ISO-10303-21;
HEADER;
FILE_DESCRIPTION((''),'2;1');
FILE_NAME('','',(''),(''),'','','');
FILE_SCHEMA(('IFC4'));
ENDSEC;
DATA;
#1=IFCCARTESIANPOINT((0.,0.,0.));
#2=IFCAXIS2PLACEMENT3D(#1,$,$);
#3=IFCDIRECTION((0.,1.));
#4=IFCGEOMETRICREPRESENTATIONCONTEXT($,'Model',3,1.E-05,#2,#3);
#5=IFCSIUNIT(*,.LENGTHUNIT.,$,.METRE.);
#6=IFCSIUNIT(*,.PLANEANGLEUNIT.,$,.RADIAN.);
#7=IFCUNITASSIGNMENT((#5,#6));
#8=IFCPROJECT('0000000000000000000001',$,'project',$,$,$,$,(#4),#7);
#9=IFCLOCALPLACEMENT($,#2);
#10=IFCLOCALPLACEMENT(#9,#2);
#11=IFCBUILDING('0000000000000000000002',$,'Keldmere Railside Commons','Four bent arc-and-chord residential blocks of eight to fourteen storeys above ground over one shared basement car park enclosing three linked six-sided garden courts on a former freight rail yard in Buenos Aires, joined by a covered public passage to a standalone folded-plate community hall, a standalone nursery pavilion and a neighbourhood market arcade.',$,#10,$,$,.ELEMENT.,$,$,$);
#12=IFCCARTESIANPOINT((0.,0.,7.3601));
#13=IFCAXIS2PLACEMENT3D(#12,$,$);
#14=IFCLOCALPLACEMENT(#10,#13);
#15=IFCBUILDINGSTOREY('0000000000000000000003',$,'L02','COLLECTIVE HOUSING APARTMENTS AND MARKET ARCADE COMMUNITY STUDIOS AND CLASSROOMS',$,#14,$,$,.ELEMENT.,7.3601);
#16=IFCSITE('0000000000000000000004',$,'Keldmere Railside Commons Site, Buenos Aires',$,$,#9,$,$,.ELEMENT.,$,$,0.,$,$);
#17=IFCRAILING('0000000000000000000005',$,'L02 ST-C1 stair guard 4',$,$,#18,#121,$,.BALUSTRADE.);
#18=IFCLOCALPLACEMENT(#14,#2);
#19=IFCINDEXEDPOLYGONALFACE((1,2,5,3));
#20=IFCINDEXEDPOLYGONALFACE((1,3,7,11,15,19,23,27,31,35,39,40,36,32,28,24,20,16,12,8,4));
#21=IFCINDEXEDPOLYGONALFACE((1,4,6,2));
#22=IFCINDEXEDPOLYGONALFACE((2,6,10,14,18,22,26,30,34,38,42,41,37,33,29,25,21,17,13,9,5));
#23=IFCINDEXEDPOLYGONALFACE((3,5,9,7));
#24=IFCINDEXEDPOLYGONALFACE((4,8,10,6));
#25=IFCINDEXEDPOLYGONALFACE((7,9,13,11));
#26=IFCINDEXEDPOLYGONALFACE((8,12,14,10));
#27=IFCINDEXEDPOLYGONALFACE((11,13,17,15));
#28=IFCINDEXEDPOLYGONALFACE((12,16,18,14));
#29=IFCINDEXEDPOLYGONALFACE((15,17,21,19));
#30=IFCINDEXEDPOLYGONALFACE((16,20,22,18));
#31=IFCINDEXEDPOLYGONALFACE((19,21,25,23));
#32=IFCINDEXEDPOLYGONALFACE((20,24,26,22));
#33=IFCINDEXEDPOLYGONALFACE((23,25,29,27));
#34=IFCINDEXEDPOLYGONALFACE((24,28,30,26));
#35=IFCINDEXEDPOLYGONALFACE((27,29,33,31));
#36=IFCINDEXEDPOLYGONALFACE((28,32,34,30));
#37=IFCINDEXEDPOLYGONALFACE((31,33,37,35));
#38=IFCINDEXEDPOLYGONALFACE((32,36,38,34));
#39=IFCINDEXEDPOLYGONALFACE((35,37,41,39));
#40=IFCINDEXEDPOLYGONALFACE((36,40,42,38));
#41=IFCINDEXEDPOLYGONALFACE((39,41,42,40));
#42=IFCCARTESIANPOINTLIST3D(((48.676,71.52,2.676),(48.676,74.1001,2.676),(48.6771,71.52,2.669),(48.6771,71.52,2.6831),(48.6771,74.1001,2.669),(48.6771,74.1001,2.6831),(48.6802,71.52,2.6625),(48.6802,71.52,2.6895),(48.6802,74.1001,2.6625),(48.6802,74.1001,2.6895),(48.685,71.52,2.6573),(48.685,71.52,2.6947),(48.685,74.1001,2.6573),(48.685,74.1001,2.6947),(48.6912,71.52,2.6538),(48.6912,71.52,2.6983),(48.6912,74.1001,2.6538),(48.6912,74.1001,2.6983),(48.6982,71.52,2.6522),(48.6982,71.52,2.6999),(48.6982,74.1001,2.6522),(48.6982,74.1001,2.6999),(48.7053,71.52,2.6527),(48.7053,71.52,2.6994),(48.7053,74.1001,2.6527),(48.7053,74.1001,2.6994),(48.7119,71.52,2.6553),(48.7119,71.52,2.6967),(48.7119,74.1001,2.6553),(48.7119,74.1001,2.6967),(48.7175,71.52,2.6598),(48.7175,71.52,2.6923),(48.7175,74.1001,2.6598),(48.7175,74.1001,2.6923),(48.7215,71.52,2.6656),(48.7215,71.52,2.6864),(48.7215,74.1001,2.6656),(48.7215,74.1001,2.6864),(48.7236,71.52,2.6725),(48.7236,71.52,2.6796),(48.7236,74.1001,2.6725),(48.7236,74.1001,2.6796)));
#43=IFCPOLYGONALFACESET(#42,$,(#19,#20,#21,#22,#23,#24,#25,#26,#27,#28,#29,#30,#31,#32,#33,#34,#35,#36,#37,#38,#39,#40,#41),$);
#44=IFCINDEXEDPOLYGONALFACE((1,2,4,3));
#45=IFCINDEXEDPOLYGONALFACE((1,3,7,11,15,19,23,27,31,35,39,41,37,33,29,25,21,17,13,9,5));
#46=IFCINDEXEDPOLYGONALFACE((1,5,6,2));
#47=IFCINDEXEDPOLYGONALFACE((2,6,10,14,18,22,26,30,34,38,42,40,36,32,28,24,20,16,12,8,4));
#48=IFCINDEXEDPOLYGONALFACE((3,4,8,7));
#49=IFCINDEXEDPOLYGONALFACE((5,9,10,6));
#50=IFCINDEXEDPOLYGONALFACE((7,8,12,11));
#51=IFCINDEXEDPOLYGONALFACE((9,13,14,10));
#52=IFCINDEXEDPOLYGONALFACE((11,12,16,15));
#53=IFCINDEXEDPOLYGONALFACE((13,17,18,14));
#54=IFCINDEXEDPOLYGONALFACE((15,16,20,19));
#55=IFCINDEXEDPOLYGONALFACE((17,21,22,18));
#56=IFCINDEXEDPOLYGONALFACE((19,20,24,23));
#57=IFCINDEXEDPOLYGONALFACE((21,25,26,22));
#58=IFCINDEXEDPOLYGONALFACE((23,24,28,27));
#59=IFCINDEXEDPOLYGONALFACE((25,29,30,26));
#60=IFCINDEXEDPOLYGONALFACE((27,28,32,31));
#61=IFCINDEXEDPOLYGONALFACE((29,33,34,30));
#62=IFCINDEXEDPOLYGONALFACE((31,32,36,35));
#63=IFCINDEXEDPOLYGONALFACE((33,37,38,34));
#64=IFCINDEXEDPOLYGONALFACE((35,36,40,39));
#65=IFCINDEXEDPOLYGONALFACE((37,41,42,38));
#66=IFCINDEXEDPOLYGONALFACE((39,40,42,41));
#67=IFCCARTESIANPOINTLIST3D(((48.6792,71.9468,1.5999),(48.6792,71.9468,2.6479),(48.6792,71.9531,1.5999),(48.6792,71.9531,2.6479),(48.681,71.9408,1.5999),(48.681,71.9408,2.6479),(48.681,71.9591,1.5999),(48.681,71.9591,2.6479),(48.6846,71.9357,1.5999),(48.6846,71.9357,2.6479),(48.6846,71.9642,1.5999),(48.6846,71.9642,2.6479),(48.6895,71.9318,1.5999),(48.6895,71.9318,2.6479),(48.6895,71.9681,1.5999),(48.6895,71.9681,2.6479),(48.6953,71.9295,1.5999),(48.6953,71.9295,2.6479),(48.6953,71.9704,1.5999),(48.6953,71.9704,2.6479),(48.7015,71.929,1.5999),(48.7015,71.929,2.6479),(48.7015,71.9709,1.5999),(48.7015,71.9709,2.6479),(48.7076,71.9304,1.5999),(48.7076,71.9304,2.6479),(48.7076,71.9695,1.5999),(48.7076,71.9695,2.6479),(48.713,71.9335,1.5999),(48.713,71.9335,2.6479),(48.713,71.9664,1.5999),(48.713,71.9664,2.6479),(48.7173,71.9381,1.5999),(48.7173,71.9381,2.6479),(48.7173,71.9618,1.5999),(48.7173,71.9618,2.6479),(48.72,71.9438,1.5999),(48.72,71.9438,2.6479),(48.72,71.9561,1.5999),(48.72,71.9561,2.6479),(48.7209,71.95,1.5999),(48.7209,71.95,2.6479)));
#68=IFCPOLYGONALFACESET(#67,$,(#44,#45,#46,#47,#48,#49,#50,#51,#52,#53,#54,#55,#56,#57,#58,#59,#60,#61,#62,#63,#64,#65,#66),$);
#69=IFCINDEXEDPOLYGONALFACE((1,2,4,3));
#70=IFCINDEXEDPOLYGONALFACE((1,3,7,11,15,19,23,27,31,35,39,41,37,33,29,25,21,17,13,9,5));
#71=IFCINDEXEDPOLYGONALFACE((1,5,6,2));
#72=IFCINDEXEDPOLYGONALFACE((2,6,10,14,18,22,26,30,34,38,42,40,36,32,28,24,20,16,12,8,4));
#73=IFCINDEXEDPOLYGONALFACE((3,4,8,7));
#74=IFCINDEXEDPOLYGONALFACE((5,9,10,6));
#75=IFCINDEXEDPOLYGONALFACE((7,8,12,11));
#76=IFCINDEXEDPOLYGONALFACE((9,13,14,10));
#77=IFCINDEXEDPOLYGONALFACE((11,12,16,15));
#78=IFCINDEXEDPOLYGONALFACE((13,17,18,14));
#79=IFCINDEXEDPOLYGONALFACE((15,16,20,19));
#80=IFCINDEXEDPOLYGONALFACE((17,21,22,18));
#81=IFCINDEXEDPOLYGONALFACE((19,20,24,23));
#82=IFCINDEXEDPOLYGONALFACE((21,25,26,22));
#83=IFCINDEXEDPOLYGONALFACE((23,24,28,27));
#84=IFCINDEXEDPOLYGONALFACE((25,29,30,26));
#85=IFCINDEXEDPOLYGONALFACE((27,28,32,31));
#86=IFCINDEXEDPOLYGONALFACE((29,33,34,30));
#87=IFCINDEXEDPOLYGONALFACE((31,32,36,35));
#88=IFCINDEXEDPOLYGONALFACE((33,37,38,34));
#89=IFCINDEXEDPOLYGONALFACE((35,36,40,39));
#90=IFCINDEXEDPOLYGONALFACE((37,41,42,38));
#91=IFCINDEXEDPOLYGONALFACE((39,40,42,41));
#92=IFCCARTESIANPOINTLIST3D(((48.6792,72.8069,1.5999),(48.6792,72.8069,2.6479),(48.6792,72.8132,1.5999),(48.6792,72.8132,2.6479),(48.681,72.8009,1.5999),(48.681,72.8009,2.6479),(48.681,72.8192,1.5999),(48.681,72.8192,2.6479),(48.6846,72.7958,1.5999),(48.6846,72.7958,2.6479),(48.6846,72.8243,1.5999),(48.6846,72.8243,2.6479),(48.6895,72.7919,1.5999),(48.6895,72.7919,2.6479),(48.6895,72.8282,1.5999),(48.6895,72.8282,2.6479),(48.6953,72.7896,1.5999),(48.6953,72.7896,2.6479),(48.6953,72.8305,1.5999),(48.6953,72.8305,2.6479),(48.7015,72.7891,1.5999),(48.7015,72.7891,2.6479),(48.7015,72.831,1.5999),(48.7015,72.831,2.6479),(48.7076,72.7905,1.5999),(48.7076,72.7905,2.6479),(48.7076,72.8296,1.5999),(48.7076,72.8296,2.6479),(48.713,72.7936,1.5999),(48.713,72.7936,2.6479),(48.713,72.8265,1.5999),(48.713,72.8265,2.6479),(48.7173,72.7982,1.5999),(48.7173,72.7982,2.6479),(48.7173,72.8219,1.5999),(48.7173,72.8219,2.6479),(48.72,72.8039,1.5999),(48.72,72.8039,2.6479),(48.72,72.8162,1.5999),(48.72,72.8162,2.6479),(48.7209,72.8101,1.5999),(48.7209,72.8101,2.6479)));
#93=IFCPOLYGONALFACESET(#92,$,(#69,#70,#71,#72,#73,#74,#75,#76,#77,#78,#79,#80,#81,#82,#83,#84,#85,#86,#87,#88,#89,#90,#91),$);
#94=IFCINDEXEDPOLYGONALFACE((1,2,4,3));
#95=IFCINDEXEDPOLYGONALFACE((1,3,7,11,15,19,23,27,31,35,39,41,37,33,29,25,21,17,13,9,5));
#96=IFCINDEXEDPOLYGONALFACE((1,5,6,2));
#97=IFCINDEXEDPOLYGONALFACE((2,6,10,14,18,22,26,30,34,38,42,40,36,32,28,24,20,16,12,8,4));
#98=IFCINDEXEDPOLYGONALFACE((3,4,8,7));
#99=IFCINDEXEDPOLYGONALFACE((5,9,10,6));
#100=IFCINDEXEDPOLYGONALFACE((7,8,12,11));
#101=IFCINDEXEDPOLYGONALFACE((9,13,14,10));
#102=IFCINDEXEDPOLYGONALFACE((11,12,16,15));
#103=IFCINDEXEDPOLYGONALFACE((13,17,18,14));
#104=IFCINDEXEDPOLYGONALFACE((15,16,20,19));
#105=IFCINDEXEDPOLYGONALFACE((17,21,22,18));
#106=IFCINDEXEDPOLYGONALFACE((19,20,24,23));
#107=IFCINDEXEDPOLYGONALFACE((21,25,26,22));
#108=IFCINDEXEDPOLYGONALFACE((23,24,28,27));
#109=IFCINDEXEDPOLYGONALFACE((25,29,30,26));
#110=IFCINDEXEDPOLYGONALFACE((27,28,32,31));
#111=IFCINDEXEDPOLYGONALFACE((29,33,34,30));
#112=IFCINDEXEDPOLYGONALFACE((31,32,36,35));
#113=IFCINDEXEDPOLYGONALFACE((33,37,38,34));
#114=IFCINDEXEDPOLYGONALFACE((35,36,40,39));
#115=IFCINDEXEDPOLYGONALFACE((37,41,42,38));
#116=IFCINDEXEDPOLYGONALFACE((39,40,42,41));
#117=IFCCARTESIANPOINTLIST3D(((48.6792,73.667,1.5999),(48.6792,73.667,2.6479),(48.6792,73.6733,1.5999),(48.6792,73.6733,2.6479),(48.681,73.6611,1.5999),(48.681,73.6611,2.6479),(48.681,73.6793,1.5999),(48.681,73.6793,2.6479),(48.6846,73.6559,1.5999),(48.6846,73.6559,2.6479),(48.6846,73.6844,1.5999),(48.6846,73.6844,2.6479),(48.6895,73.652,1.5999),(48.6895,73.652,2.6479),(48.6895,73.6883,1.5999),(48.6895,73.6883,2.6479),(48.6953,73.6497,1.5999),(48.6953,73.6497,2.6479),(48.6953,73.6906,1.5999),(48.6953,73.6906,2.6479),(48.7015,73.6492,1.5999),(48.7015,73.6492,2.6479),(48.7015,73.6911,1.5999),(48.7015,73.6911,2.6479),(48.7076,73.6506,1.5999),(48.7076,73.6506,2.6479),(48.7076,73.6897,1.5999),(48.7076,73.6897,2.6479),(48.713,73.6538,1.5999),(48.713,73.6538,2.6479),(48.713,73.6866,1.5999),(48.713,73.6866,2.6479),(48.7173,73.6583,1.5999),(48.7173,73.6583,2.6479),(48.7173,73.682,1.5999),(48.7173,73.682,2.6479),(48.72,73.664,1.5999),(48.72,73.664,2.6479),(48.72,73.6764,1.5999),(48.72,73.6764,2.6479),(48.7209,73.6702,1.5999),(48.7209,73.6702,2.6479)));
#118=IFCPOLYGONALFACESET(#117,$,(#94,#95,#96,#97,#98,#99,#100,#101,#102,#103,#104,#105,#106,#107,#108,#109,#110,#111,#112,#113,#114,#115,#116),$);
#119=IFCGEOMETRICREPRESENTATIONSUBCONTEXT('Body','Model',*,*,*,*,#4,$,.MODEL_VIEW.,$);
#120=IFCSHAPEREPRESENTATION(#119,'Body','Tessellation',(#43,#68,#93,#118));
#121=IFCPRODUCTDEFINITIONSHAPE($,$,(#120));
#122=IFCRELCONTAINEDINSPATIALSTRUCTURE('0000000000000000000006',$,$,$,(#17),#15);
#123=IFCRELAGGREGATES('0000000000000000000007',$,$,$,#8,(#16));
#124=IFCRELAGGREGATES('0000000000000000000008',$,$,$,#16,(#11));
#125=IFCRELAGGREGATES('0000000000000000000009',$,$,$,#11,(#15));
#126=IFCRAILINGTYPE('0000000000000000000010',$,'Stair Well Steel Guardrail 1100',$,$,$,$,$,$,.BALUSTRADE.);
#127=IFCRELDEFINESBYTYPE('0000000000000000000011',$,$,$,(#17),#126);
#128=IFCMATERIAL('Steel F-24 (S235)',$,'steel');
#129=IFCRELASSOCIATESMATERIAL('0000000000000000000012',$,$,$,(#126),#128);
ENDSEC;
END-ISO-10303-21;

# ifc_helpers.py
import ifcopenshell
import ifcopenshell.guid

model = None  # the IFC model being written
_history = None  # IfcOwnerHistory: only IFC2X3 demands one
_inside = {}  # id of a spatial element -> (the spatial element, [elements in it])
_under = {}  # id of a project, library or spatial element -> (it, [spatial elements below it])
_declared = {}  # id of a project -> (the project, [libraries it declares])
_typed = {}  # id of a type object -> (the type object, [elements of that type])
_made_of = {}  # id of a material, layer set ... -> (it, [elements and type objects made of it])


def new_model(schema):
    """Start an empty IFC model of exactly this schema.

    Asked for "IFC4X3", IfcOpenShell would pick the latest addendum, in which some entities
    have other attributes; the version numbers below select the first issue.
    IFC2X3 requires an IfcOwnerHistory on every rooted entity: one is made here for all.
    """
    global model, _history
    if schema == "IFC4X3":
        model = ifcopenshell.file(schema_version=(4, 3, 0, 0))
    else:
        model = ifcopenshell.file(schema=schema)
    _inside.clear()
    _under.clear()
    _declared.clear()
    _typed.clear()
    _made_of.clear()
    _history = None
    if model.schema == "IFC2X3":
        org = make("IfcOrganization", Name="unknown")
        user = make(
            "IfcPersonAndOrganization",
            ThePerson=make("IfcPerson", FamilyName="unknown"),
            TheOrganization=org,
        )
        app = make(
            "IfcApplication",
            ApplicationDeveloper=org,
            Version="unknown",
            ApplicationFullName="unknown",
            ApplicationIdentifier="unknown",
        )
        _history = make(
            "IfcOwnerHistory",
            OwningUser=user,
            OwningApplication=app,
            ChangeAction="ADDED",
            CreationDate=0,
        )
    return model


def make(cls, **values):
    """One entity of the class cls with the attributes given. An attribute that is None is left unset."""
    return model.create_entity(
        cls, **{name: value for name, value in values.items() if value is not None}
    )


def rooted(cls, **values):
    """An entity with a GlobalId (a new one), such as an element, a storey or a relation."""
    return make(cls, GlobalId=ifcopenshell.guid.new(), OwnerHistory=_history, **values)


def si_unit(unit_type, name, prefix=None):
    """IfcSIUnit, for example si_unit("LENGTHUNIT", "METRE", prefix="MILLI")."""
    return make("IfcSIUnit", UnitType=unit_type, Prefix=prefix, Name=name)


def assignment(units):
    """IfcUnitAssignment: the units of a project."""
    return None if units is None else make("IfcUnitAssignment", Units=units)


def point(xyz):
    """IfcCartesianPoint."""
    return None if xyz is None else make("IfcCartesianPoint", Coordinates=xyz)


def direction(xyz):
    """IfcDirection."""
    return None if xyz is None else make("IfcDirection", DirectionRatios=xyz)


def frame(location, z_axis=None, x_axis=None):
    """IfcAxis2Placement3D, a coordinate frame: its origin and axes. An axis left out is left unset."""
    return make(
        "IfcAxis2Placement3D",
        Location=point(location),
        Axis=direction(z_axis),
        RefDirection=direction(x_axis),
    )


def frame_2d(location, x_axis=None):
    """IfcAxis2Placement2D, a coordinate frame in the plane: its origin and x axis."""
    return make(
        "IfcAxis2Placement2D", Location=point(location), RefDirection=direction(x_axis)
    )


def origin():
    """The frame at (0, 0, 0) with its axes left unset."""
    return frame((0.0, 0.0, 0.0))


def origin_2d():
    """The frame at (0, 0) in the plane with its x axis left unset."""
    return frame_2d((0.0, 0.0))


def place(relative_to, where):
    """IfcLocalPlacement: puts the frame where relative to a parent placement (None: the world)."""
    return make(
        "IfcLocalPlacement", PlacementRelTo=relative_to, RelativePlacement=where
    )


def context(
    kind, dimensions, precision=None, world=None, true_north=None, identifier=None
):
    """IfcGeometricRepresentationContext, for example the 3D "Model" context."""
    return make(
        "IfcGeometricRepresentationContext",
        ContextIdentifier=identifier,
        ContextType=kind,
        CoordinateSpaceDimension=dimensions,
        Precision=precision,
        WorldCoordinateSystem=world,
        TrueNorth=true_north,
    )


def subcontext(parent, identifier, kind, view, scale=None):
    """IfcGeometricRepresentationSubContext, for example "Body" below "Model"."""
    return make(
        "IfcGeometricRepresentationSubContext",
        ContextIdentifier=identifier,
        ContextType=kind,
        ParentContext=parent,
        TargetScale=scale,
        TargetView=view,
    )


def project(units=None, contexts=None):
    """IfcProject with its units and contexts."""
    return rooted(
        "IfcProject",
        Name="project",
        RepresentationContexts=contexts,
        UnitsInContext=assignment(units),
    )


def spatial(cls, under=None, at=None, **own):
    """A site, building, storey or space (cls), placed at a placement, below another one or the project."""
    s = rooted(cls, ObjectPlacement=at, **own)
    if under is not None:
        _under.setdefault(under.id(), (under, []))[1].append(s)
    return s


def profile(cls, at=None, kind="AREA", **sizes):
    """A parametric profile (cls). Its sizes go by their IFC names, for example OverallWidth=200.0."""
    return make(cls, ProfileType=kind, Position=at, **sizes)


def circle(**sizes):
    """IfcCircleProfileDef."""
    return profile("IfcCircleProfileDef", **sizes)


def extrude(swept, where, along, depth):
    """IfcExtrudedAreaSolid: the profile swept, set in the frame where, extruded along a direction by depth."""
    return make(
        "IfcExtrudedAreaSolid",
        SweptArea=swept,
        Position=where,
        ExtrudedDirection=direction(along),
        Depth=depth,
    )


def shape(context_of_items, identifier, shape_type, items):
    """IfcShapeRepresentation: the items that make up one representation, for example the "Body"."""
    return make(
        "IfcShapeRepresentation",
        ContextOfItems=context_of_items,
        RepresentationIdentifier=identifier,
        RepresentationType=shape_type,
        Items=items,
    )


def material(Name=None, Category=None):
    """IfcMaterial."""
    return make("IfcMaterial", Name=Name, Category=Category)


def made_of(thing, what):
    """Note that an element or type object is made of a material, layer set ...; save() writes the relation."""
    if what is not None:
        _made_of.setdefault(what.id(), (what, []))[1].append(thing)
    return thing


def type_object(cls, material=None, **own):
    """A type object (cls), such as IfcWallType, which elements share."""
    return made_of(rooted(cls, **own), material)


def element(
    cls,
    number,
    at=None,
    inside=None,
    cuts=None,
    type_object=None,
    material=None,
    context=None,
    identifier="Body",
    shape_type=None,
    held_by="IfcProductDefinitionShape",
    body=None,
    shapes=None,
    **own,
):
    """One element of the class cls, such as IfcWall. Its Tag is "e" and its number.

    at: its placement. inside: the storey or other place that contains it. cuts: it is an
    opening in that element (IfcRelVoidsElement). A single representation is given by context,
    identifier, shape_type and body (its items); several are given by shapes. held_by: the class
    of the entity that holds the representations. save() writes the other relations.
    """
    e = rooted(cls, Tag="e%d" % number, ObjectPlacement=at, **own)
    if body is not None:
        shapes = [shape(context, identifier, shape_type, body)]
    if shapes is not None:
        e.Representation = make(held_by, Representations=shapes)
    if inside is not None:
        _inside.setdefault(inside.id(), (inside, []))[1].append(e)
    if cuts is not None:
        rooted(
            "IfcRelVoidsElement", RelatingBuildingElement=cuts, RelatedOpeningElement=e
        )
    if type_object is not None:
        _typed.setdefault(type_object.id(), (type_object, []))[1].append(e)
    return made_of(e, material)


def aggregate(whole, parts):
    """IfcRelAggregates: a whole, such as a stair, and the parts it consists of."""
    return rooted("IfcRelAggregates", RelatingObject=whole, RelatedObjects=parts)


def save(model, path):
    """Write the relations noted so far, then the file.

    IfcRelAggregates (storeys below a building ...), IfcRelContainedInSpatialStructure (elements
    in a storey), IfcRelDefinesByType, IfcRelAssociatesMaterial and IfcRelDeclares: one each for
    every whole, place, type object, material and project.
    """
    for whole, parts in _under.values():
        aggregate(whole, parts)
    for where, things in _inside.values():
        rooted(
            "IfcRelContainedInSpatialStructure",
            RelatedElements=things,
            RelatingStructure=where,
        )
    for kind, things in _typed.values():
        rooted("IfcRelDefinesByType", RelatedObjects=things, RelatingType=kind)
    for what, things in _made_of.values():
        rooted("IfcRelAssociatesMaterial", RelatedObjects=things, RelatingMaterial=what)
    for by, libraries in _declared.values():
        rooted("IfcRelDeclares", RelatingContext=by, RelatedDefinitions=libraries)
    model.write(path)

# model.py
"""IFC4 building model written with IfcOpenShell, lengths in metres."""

from ifc_helpers import new_model, si_unit, direction, frame, origin, origin_2d, place, context, subcontext, project, spatial, circle, extrude, material, type_object, element, save


model = new_model("IFC4")

# Units and contexts
model_context = context("Model", 3, precision=1e-05, world=origin(), true_north=direction((0.0, 1.0)))
body_context = subcontext(model_context, "Body", "Model", "MODEL_VIEW")
ifc_project = project(units=[si_unit("LENGTHUNIT", "METRE"), si_unit("PLANEANGLEUNIT", "RADIAN")], contexts=[model_context])

# Site, building, storey
site_placement = place(None, origin())
site = spatial("IfcSite", under=ifc_project, at=site_placement, Name="Keldmere Railside Commons Site, Buenos Aires", CompositionType="ELEMENT", RefElevation=0.0)
building_placement = place(site_placement, origin())
building = spatial("IfcBuilding", under=site, at=building_placement, Name="Keldmere Railside Commons", Description="Four bent arc-and-chord residential blocks of eight to fourteen storeys above ground over one shared basement car park enclosing three linked six-sided garden courts on a former freight rail yard in Buenos Aires, joined by a covered public passage to a standalone folded-plate community hall, a standalone nursery pavilion and a neighbourhood market arcade.", CompositionType="ELEMENT")
storey_placement = place(building_placement, frame((0.0, 0.0, 7.3601)))
storey = spatial("IfcBuildingStorey", under=building, at=storey_placement, Name="L02", Description="COLLECTIVE HOUSING APARTMENTS AND MARKET ARCADE COMMUNITY STUDIOS AND CLASSROOMS", CompositionType="ELEMENT", Elevation=7.3601)

# Shared definitions
ifc_material_1 = material(Name="Steel F-24 (S235)", Category="steel")

# Railing
railing_type_1 = type_object("IfcRailingType", Name="Stair Well Steel Guardrail 1100", PredefinedType="BALUSTRADE", material=ifc_material_1)
for number, where, name in (
    (1, (48.7, 71.52, 1.5999), "L02 ST-C1 stair guard 4"),
):
    element("IfcRailing", number, at=place(storey_placement, frame(where)), inside=storey, type_object=railing_type_1, Name=name, PredefinedType="BALUSTRADE", context=body_context, shape_type="SweptSolid", body=[
        extrude(circle(Radius=0.0239, at=origin_2d()), frame((0.0, 0.0, 1.0762), z_axis=(0.0, 1.0, 0.0), x_axis=(-1.0, 0.0, 0.0)), (0.0, 0.0, 1.0), 2.5801),
        extrude(circle(Radius=0.021, at=origin_2d()), frame((0.0, 0.4299, 0.0)), (0.0, 0.0, 1.0), 1.0481),
        extrude(circle(Radius=0.021, at=origin_2d()), frame((0.0, 1.29, 0.0)), (0.0, 0.0, 1.0), 1.0481),
        extrude(circle(Radius=0.021, at=origin_2d()), frame((0.0, 2.1501, 0.0)), (0.0, 0.0, 1.0), 1.0481),
    ])

save(model, "model.ifc")
